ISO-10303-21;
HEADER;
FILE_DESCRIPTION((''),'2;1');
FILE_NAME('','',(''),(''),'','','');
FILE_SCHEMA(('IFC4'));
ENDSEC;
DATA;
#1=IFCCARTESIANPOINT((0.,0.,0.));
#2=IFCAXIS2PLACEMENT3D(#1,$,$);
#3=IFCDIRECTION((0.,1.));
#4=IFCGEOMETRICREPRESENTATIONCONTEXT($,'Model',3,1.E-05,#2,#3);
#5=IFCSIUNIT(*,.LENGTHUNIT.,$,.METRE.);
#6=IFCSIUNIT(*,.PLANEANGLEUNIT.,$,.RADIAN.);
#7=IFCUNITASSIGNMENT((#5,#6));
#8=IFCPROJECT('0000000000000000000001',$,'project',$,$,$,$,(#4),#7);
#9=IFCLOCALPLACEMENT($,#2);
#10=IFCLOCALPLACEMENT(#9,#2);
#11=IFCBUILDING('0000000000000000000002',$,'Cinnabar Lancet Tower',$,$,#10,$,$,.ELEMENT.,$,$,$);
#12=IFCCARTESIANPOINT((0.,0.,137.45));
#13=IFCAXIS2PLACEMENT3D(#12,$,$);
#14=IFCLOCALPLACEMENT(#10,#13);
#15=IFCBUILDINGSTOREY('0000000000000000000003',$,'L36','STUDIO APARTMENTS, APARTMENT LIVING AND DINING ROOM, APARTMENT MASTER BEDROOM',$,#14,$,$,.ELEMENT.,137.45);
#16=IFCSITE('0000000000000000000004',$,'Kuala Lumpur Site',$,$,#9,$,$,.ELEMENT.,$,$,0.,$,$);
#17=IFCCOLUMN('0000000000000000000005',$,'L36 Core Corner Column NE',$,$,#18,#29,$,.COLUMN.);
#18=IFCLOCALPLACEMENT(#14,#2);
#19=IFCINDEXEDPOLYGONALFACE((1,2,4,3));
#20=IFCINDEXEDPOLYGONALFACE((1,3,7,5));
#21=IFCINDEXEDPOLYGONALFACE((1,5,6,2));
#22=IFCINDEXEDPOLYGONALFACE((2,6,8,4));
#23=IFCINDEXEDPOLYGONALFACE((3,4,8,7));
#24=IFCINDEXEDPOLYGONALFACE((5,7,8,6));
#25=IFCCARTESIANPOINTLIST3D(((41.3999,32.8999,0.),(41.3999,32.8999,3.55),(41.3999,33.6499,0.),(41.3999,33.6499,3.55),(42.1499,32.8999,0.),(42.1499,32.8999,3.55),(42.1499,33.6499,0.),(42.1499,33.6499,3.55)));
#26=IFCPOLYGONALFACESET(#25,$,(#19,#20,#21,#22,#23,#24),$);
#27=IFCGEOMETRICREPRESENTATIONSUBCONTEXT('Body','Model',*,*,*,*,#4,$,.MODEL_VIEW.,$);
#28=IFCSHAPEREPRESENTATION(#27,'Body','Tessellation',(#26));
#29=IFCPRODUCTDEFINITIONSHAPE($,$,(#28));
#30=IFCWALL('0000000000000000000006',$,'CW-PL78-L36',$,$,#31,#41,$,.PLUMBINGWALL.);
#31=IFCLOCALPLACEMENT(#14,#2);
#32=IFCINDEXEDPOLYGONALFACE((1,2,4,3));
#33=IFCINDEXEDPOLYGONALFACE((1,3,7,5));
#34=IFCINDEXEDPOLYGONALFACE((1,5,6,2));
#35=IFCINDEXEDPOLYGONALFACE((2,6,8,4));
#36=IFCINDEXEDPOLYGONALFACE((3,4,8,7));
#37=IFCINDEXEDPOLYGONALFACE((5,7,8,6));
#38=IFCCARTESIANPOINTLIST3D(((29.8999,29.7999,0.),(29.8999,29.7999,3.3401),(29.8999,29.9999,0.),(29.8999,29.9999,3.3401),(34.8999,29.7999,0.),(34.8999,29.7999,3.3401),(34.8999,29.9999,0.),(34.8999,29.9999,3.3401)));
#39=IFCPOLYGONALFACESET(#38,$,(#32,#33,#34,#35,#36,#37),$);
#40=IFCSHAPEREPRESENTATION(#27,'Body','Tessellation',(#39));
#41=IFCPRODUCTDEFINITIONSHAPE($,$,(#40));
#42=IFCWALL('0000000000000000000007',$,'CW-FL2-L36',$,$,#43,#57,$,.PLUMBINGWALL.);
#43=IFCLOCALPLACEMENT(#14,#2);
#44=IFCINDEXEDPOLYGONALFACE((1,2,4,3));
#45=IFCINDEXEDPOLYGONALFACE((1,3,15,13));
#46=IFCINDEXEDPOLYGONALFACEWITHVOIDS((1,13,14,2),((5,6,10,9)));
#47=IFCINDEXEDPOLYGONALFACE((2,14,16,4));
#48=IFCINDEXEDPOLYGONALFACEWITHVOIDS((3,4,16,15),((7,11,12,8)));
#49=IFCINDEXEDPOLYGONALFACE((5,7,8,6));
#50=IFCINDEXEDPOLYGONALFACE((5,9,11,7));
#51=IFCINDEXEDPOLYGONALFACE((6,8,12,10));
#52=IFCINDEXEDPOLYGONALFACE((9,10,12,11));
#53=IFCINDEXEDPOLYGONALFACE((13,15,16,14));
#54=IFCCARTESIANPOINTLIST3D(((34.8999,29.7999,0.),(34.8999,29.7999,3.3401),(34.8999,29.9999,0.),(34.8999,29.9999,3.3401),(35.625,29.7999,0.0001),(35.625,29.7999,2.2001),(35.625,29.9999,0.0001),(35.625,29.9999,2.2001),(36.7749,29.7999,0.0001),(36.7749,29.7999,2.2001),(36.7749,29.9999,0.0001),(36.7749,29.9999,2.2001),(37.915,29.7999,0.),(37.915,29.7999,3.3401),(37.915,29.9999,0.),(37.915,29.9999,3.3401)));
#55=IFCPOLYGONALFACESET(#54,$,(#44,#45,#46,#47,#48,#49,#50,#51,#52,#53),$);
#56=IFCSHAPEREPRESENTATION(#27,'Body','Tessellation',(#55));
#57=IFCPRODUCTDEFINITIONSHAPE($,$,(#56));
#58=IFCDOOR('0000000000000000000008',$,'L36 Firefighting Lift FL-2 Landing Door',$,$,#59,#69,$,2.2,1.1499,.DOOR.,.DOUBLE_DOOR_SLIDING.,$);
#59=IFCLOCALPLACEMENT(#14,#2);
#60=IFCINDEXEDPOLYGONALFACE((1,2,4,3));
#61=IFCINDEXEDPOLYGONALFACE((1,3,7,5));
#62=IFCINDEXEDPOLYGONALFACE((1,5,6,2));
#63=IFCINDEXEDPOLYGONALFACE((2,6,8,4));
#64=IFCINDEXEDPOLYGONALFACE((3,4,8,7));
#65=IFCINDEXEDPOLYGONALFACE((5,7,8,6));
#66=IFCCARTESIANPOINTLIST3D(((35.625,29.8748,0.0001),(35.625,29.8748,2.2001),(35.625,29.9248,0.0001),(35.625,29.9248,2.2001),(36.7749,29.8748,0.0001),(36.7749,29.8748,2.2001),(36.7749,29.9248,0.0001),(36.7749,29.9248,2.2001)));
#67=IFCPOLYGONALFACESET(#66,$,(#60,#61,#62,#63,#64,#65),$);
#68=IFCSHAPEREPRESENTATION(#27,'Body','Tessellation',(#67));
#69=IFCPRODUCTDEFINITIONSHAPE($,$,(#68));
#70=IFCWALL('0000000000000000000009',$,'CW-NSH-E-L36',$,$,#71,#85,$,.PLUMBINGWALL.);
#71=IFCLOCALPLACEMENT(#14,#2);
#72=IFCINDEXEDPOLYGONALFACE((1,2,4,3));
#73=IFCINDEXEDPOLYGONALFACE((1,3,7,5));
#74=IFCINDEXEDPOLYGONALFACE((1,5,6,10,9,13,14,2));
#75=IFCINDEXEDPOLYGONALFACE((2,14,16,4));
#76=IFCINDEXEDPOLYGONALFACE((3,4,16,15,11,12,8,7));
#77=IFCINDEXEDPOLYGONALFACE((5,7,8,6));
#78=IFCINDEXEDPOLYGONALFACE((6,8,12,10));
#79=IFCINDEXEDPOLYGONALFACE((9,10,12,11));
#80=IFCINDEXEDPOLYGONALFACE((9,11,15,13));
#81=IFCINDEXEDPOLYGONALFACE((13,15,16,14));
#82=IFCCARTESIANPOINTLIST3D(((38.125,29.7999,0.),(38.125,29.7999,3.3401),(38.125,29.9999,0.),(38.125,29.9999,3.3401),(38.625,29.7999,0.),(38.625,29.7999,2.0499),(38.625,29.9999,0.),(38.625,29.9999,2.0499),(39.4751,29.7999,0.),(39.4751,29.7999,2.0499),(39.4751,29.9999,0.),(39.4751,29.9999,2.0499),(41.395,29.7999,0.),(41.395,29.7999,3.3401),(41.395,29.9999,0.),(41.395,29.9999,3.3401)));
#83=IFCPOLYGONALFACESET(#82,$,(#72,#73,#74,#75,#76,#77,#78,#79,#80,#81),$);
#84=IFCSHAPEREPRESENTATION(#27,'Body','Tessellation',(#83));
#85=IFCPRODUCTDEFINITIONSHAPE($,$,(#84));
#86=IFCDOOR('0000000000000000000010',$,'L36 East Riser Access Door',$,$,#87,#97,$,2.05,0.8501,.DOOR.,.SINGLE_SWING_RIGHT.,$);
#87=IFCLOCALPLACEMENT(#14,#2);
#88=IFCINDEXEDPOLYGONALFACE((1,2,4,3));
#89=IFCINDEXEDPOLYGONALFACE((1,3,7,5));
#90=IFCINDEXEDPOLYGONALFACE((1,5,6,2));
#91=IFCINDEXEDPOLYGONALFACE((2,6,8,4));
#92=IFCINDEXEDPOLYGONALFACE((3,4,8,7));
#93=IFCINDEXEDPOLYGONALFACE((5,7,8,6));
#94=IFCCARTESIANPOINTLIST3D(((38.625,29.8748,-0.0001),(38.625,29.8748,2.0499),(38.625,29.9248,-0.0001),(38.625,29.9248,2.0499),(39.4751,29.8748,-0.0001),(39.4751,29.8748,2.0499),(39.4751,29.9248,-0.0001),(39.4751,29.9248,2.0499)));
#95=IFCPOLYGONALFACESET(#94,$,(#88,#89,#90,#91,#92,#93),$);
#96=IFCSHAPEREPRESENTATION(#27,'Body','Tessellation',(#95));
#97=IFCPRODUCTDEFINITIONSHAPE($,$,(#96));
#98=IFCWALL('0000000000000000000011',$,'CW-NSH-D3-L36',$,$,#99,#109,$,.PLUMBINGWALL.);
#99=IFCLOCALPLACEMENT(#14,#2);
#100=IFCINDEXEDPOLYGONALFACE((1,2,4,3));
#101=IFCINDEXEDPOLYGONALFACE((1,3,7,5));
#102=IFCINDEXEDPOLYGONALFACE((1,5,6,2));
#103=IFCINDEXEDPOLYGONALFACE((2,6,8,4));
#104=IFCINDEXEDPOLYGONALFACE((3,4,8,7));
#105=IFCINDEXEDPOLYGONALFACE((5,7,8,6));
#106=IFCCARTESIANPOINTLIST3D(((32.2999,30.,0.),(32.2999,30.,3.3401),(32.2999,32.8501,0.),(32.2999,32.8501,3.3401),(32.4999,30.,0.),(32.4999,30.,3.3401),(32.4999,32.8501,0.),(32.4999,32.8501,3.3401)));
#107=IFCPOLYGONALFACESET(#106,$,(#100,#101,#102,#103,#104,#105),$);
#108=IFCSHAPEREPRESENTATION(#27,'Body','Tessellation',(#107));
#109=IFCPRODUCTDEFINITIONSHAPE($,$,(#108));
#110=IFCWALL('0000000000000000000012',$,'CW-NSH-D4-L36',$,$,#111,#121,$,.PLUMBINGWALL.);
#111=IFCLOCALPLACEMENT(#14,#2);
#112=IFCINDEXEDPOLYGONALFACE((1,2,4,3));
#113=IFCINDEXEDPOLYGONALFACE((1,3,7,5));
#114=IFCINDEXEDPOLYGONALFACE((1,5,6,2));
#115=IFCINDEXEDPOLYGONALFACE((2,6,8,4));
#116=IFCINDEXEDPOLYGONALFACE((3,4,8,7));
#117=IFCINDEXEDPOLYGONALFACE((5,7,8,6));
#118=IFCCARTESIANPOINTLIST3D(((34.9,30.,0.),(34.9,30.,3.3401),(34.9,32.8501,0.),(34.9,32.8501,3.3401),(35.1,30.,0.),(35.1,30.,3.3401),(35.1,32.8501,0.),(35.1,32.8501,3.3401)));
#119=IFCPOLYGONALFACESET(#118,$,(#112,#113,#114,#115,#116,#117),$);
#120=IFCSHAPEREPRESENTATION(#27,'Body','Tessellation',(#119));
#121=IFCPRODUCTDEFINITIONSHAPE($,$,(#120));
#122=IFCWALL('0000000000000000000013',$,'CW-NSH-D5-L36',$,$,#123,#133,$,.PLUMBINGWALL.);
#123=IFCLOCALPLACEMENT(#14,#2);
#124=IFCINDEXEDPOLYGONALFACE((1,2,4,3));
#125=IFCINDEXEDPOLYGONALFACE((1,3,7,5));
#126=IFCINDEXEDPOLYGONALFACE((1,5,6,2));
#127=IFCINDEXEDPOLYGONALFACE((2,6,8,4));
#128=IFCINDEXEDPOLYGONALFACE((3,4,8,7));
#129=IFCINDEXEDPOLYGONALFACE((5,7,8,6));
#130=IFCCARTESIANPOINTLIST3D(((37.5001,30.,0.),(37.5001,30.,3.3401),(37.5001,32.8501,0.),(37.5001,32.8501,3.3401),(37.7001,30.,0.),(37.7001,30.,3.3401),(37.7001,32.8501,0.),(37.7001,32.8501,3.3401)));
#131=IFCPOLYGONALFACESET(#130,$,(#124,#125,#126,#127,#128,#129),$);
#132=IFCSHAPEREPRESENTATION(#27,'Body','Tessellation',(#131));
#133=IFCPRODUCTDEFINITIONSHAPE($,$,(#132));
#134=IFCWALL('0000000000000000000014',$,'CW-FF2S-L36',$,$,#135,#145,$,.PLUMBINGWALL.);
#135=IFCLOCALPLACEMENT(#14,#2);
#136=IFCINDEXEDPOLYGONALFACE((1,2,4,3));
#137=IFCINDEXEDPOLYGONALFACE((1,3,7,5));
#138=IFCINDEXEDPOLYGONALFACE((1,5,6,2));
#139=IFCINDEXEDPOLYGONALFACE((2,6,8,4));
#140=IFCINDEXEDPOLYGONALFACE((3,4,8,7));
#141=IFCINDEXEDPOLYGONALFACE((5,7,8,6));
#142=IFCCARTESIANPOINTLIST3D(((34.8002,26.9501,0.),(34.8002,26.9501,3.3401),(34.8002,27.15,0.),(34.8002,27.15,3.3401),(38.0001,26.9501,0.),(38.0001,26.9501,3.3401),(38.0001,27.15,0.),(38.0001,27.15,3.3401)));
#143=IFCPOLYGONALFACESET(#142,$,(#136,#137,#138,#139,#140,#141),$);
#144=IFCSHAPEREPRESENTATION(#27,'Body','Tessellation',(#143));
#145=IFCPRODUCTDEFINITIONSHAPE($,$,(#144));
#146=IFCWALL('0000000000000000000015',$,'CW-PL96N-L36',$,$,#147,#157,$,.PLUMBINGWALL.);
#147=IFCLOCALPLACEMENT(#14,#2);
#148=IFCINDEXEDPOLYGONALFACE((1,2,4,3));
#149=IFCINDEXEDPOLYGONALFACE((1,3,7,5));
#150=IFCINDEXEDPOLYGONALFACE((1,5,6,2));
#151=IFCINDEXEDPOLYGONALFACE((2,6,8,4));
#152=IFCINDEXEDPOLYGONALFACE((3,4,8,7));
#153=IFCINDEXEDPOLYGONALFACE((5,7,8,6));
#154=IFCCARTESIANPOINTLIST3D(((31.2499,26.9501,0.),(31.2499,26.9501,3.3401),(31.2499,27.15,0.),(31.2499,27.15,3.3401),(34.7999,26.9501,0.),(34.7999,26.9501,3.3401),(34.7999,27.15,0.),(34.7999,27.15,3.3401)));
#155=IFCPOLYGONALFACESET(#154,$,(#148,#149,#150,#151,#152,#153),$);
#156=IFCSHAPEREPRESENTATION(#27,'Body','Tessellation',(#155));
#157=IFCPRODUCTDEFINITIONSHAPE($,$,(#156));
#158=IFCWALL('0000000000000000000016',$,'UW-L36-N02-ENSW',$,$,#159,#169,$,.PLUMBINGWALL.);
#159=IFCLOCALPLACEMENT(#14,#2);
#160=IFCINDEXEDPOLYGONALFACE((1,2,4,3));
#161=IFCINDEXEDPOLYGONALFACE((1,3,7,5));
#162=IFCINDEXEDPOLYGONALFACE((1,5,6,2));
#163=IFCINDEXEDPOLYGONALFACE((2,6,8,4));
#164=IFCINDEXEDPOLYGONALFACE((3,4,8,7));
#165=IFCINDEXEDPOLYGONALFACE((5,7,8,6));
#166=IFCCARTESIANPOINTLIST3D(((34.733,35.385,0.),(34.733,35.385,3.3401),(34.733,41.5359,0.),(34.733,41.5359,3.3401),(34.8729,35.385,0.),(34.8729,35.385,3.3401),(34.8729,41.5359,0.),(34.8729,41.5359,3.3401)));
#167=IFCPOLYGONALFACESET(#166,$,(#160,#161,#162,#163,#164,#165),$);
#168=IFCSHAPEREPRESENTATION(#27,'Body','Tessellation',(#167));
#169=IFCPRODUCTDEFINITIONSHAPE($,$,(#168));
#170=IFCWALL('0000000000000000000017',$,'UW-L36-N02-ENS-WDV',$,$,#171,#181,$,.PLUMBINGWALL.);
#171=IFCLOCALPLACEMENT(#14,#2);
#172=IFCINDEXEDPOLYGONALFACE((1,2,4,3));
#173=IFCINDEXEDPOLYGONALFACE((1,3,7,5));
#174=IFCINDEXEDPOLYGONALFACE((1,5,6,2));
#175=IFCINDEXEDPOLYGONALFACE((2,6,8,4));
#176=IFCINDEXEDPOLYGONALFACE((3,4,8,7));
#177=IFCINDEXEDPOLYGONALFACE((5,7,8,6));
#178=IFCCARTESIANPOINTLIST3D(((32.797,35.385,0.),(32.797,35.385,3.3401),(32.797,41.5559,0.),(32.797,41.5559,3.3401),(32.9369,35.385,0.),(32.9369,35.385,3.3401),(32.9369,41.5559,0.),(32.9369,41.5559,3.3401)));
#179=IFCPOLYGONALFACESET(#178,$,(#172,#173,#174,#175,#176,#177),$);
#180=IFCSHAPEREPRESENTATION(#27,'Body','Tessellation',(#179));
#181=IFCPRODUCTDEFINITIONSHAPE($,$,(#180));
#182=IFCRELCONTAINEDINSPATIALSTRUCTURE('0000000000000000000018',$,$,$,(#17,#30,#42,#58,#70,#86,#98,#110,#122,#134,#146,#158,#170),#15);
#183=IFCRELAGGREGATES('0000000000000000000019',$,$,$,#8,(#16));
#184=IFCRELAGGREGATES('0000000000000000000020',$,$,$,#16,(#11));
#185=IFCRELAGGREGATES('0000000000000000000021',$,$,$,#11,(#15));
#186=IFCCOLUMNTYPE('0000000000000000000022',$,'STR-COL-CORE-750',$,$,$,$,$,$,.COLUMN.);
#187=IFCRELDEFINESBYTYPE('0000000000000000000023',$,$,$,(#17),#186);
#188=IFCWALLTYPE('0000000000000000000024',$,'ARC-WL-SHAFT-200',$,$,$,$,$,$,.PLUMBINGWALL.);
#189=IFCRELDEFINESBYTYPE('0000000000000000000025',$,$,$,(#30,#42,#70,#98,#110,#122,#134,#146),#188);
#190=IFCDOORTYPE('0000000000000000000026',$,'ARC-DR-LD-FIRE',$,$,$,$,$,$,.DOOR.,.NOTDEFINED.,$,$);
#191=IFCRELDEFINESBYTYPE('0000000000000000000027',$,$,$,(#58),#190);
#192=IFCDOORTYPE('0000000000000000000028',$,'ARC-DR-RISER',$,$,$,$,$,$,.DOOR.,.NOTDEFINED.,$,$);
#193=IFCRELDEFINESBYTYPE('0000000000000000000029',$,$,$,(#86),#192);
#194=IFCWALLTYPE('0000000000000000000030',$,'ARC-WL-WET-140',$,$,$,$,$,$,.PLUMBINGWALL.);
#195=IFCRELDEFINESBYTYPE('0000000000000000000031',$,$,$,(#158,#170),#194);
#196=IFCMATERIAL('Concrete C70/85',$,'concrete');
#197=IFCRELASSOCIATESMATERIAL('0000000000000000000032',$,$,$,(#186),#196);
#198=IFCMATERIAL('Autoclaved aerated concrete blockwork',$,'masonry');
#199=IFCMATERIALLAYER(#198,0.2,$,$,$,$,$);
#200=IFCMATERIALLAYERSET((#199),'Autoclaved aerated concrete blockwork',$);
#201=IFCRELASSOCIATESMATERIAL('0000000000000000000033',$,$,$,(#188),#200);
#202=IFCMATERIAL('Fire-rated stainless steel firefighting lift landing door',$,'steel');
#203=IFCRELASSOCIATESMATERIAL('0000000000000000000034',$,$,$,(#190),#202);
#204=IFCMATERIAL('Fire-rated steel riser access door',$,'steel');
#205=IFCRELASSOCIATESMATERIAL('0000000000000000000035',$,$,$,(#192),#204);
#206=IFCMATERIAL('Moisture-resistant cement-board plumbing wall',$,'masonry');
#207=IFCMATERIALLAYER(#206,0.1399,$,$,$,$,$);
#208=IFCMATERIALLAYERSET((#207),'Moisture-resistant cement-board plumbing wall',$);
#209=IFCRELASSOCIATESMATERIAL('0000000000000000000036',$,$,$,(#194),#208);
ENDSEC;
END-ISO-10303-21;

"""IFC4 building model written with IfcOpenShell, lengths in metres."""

from ifc_helpers import new_model, si_unit, direction, frame, frame_2d, origin, origin_2d, place, context, subcontext, project, spatial, rectangle, extrude, material, layer, layer_set, material_profile, profile_set, type_object, element, fill, save


model = new_model("IFC4")

# Units and contexts
model_context = context("Model", 3, precision=1e-05, world=origin(), true_north=direction((0.0, 1.0)))
body_context = subcontext(model_context, "Body", "Model", "MODEL_VIEW")
ifc_project = project(units=[si_unit("LENGTHUNIT", "METRE"), si_unit("PLANEANGLEUNIT", "RADIAN")], contexts=[model_context])

# Site, building, storey
site_placement = place(None, origin())
site = spatial("IfcSite", under=ifc_project, at=site_placement, Name="Kuala Lumpur Site", CompositionType="ELEMENT", RefElevation=0.0)
building_placement = place(site_placement, origin())
building = spatial("IfcBuilding", under=site, at=building_placement, Name="Cinnabar Lancet Tower", CompositionType="ELEMENT")
storey_placement = place(building_placement, frame((0.0, 0.0, 137.45)))
storey = spatial("IfcBuildingStorey", under=building, at=storey_placement, Name="L36", Description="STUDIO APARTMENTS, APARTMENT LIVING AND DINING ROOM, APARTMENT MASTER BEDROOM", CompositionType="ELEMENT", Elevation=137.45)

# Column
ifc_material_1 = material(Name="Concrete C70/85", Category="concrete")
ifc_material_profile = material_profile(ifc_material_1, rectangle(XDim=0.75, YDim=0.75, at=origin_2d()), Name="RC-COL 750x750")
ifc_profile_set = profile_set([ifc_material_profile], Name="Concrete C70/85")
column_type = type_object("IfcColumnType", Name="STR-COL-CORE-750", PredefinedType="COLUMN", material=ifc_profile_set)
column_placement = place(storey_placement, frame((41.7749, 33.2749, 0.0), z_axis=(0.0, 0.0, 1.0), x_axis=(1.0, 0.0, 0.0)))
element("IfcColumn", 1, at=column_placement, inside=storey, type_object=column_type, Name="L36 Core Corner Column NE", PredefinedType="COLUMN", context=body_context, shape_type="SweptSolid", body=[
    extrude(rectangle(XDim=0.75, YDim=0.75, at=origin_2d()), origin(), (0.0, 0.0, 1.0), 3.55),
])

# Wall
ifc_material_2 = material(Name="Autoclaved aerated concrete blockwork", Category="masonry")
ifc_layer_1 = layer(ifc_material_2, 0.2)
ifc_layer_set_1 = layer_set([ifc_layer_1], Name="Autoclaved aerated concrete blockwork")
wall_type_1 = type_object("IfcWallType", Name="ARC-WL-SHAFT-200", PredefinedType="PLUMBINGWALL", material=ifc_layer_set_1)
wall_1_placement = place(storey_placement, frame((29.8999, 29.8999, 0.0), z_axis=(0.0, 0.0, 1.0), x_axis=(1.0, 0.0, 0.0)))
element("IfcWall", 2, at=wall_1_placement, inside=storey, type_object=wall_type_1, Name="CW-PL78-L36", PredefinedType="PLUMBINGWALL", context=body_context, shape_type="SweptSolid", body=[
    extrude(rectangle(XDim=5.0, YDim=0.2, at=frame_2d((2.5, 0.0))), origin(), (0.0, 0.0, 1.0), 3.3401),
])

# Walls, openings, doors
wall_2_placement = place(storey_placement, frame((34.8999, 29.8999, 0.0), z_axis=(0.0, 0.0, 1.0), x_axis=(1.0, 0.0, 0.0)))
wall_2 = element("IfcWall", 3, at=wall_2_placement, inside=storey, type_object=wall_type_1, Name="CW-FL2-L36", PredefinedType="PLUMBINGWALL", context=body_context, shape_type="SweptSolid", body=[
    extrude(rectangle(XDim=3.0151, YDim=0.2, at=frame_2d((1.5076, 0.0))), origin(), (0.0, 0.0, 1.0), 3.3401),
])
opening_1_placement = place(wall_2_placement, frame((0.7251, 0.0, 0.0)))
opening_1 = element("IfcOpeningElement", 4, at=opening_1_placement, cuts=wall_2, PredefinedType="OPENING", context=body_context, shape_type="SweptSolid", body=[
    extrude(rectangle(XDim=1.1499, YDim=2.2, at=frame_2d((0.575, 1.1001))), frame((0.0, 0.1099, 0.0), z_axis=(0.0, -1.0, 0.0), x_axis=(1.0, 0.0, 0.0)), (0.0, 0.0, 1.0), 0.22),
])
ifc_material_3 = material(Name="Fire-rated stainless steel firefighting lift landing door", Category="steel")
door_type_1 = type_object("IfcDoorType", Name="ARC-DR-LD-FIRE", OperationType="NOTDEFINED", PredefinedType="DOOR", material=ifc_material_3)
door_1_placement = place(opening_1_placement, origin())
door_1 = element("IfcDoor", 5, at=door_1_placement, inside=storey, type_object=door_type_1, Name="L36 Firefighting Lift FL-2 Landing Door", OperationType="DOUBLE_DOOR_SLIDING", OverallHeight=2.2, OverallWidth=1.1499, PredefinedType="DOOR", context=body_context, shape_type="SweptSolid", body=[
    extrude(rectangle(XDim=1.1499, YDim=2.2, at=frame_2d((0.575, 1.1001))), frame((0.0, 0.0249, 0.0), z_axis=(0.0, -1.0, 0.0), x_axis=(1.0, 0.0, 0.0)), (0.0, 0.0, 1.0), 0.05),
])
fill(opening_1, door_1)
wall_3_placement = place(storey_placement, frame((38.125, 29.8999, 0.0), z_axis=(0.0, 0.0, 1.0), x_axis=(1.0, 0.0, 0.0)))
wall_3 = element("IfcWall", 6, at=wall_3_placement, inside=storey, type_object=wall_type_1, Name="CW-NSH-E-L36", PredefinedType="PLUMBINGWALL", context=body_context, shape_type="SweptSolid", body=[
    extrude(rectangle(XDim=3.27, YDim=0.2, at=frame_2d((1.635, 0.0))), origin(), (0.0, 0.0, 1.0), 3.3401),
])
opening_2_placement = place(wall_3_placement, frame((0.5, 0.0, 0.0)))
opening_2 = element("IfcOpeningElement", 7, at=opening_2_placement, cuts=wall_3, PredefinedType="OPENING", context=body_context, shape_type="SweptSolid", body=[
    extrude(rectangle(XDim=0.8501, YDim=2.05, at=frame_2d((0.425, 1.0249))), frame((0.0, 0.1099, 0.0), z_axis=(0.0, -1.0, 0.0), x_axis=(1.0, 0.0, 0.0)), (0.0, 0.0, 1.0), 0.22),
])
ifc_material_4 = material(Name="Fire-rated steel riser access door", Category="steel")
door_type_2 = type_object("IfcDoorType", Name="ARC-DR-RISER", OperationType="NOTDEFINED", PredefinedType="DOOR", material=ifc_material_4)
door_2_placement = place(opening_2_placement, origin())
door_2 = element("IfcDoor", 8, at=door_2_placement, inside=storey, type_object=door_type_2, Name="L36 East Riser Access Door", OperationType="SINGLE_SWING_RIGHT", OverallHeight=2.05, OverallWidth=0.8501, PredefinedType="DOOR", context=body_context, shape_type="SweptSolid", body=[
    extrude(rectangle(XDim=0.8501, YDim=2.05, at=frame_2d((0.425, 1.0249))), frame((0.0, 0.0249, 0.0), z_axis=(0.0, -1.0, 0.0), x_axis=(1.0, 0.0, 0.0)), (0.0, 0.0, 1.0), 0.05),
])
fill(opening_2, door_2)

# Walls
for number, where, z_axis, x_axis, name in (
    (9, (32.3999, 30.0, 0.0), (0.0, 0.0, 1.0), (0.0, 1.0, 0.0), "CW-NSH-D3-L36"),
    (10, (35.0, 30.0, 0.0), (0.0, 0.0, 1.0), (0.0, 1.0, 0.0), "CW-NSH-D4-L36"),
    (11, (37.6001, 30.0, 0.0), (0.0, 0.0, 1.0), (0.0, 1.0, 0.0), "CW-NSH-D5-L36"),
):
    element("IfcWall", number, at=place(storey_placement, frame(where, z_axis=z_axis, x_axis=x_axis)), inside=storey, type_object=wall_type_1, Name=name, PredefinedType="PLUMBINGWALL", context=body_context, shape_type="SweptSolid", body=[
        extrude(rectangle(XDim=2.8501, YDim=0.2, at=frame_2d((1.425, 0.0))), origin(), (0.0, 0.0, 1.0), 3.3401),
    ])

# Walls
wall_4_placement = place(storey_placement, frame((34.8, 27.05, 0.0), z_axis=(0.0, 0.0, 1.0), x_axis=(1.0, 0.0, 0.0)))
element("IfcWall", 12, at=wall_4_placement, inside=storey, type_object=wall_type_1, Name="CW-FF2S-L36", PredefinedType="PLUMBINGWALL", context=body_context, shape_type="SweptSolid", body=[
    extrude(rectangle(XDim=3.2, YDim=0.2, at=frame_2d((1.6001, 0.0))), origin(), (0.0, 0.0, 1.0), 3.3401),
])
wall_5_placement = place(storey_placement, frame((31.25, 27.05, 0.0), z_axis=(0.0, 0.0, 1.0), x_axis=(1.0, 0.0, 0.0)))
element("IfcWall", 13, at=wall_5_placement, inside=storey, type_object=wall_type_1, Name="CW-PL96N-L36", PredefinedType="PLUMBINGWALL", context=body_context, shape_type="SweptSolid", body=[
    extrude(rectangle(XDim=3.55, YDim=0.2, at=frame_2d((1.7749, 0.0))), origin(), (0.0, 0.0, 1.0), 3.3401),
])
ifc_material_5 = material(Name="Moisture-resistant cement-board plumbing wall", Category="masonry")
ifc_layer_2 = layer(ifc_material_5, 0.1399)
ifc_layer_set_2 = layer_set([ifc_layer_2], Name="Moisture-resistant cement-board plumbing wall")
wall_type_2 = type_object("IfcWallType", Name="ARC-WL-WET-140", PredefinedType="PLUMBINGWALL", material=ifc_layer_set_2)
wall_6_placement = place(storey_placement, frame((34.803, 35.385, 0.0), z_axis=(0.0, 0.0, 1.0), x_axis=(0.0, 1.0, 0.0)))
element("IfcWall", 14, at=wall_6_placement, inside=storey, type_object=wall_type_2, Name="UW-L36-N02-ENSW", PredefinedType="PLUMBINGWALL", context=body_context, shape_type="SweptSolid", body=[
    extrude(rectangle(XDim=6.1509, YDim=0.1399, at=frame_2d((3.0754, 0.0))), origin(), (0.0, 0.0, 1.0), 3.3401),
])
wall_7_placement = place(storey_placement, frame((32.8669, 35.385, 0.0), z_axis=(0.0, 0.0, 1.0), x_axis=(0.0, 1.0, 0.0)))
element("IfcWall", 15, at=wall_7_placement, inside=storey, type_object=wall_type_2, Name="UW-L36-N02-ENS-WDV", PredefinedType="PLUMBINGWALL", context=body_context, shape_type="SweptSolid", body=[
    extrude(rectangle(XDim=6.1709, YDim=0.1399, at=frame_2d((3.0854, 0.0))), origin(), (0.0, 0.0, 1.0), 3.3401),
])

save(model, "model.ifc")
